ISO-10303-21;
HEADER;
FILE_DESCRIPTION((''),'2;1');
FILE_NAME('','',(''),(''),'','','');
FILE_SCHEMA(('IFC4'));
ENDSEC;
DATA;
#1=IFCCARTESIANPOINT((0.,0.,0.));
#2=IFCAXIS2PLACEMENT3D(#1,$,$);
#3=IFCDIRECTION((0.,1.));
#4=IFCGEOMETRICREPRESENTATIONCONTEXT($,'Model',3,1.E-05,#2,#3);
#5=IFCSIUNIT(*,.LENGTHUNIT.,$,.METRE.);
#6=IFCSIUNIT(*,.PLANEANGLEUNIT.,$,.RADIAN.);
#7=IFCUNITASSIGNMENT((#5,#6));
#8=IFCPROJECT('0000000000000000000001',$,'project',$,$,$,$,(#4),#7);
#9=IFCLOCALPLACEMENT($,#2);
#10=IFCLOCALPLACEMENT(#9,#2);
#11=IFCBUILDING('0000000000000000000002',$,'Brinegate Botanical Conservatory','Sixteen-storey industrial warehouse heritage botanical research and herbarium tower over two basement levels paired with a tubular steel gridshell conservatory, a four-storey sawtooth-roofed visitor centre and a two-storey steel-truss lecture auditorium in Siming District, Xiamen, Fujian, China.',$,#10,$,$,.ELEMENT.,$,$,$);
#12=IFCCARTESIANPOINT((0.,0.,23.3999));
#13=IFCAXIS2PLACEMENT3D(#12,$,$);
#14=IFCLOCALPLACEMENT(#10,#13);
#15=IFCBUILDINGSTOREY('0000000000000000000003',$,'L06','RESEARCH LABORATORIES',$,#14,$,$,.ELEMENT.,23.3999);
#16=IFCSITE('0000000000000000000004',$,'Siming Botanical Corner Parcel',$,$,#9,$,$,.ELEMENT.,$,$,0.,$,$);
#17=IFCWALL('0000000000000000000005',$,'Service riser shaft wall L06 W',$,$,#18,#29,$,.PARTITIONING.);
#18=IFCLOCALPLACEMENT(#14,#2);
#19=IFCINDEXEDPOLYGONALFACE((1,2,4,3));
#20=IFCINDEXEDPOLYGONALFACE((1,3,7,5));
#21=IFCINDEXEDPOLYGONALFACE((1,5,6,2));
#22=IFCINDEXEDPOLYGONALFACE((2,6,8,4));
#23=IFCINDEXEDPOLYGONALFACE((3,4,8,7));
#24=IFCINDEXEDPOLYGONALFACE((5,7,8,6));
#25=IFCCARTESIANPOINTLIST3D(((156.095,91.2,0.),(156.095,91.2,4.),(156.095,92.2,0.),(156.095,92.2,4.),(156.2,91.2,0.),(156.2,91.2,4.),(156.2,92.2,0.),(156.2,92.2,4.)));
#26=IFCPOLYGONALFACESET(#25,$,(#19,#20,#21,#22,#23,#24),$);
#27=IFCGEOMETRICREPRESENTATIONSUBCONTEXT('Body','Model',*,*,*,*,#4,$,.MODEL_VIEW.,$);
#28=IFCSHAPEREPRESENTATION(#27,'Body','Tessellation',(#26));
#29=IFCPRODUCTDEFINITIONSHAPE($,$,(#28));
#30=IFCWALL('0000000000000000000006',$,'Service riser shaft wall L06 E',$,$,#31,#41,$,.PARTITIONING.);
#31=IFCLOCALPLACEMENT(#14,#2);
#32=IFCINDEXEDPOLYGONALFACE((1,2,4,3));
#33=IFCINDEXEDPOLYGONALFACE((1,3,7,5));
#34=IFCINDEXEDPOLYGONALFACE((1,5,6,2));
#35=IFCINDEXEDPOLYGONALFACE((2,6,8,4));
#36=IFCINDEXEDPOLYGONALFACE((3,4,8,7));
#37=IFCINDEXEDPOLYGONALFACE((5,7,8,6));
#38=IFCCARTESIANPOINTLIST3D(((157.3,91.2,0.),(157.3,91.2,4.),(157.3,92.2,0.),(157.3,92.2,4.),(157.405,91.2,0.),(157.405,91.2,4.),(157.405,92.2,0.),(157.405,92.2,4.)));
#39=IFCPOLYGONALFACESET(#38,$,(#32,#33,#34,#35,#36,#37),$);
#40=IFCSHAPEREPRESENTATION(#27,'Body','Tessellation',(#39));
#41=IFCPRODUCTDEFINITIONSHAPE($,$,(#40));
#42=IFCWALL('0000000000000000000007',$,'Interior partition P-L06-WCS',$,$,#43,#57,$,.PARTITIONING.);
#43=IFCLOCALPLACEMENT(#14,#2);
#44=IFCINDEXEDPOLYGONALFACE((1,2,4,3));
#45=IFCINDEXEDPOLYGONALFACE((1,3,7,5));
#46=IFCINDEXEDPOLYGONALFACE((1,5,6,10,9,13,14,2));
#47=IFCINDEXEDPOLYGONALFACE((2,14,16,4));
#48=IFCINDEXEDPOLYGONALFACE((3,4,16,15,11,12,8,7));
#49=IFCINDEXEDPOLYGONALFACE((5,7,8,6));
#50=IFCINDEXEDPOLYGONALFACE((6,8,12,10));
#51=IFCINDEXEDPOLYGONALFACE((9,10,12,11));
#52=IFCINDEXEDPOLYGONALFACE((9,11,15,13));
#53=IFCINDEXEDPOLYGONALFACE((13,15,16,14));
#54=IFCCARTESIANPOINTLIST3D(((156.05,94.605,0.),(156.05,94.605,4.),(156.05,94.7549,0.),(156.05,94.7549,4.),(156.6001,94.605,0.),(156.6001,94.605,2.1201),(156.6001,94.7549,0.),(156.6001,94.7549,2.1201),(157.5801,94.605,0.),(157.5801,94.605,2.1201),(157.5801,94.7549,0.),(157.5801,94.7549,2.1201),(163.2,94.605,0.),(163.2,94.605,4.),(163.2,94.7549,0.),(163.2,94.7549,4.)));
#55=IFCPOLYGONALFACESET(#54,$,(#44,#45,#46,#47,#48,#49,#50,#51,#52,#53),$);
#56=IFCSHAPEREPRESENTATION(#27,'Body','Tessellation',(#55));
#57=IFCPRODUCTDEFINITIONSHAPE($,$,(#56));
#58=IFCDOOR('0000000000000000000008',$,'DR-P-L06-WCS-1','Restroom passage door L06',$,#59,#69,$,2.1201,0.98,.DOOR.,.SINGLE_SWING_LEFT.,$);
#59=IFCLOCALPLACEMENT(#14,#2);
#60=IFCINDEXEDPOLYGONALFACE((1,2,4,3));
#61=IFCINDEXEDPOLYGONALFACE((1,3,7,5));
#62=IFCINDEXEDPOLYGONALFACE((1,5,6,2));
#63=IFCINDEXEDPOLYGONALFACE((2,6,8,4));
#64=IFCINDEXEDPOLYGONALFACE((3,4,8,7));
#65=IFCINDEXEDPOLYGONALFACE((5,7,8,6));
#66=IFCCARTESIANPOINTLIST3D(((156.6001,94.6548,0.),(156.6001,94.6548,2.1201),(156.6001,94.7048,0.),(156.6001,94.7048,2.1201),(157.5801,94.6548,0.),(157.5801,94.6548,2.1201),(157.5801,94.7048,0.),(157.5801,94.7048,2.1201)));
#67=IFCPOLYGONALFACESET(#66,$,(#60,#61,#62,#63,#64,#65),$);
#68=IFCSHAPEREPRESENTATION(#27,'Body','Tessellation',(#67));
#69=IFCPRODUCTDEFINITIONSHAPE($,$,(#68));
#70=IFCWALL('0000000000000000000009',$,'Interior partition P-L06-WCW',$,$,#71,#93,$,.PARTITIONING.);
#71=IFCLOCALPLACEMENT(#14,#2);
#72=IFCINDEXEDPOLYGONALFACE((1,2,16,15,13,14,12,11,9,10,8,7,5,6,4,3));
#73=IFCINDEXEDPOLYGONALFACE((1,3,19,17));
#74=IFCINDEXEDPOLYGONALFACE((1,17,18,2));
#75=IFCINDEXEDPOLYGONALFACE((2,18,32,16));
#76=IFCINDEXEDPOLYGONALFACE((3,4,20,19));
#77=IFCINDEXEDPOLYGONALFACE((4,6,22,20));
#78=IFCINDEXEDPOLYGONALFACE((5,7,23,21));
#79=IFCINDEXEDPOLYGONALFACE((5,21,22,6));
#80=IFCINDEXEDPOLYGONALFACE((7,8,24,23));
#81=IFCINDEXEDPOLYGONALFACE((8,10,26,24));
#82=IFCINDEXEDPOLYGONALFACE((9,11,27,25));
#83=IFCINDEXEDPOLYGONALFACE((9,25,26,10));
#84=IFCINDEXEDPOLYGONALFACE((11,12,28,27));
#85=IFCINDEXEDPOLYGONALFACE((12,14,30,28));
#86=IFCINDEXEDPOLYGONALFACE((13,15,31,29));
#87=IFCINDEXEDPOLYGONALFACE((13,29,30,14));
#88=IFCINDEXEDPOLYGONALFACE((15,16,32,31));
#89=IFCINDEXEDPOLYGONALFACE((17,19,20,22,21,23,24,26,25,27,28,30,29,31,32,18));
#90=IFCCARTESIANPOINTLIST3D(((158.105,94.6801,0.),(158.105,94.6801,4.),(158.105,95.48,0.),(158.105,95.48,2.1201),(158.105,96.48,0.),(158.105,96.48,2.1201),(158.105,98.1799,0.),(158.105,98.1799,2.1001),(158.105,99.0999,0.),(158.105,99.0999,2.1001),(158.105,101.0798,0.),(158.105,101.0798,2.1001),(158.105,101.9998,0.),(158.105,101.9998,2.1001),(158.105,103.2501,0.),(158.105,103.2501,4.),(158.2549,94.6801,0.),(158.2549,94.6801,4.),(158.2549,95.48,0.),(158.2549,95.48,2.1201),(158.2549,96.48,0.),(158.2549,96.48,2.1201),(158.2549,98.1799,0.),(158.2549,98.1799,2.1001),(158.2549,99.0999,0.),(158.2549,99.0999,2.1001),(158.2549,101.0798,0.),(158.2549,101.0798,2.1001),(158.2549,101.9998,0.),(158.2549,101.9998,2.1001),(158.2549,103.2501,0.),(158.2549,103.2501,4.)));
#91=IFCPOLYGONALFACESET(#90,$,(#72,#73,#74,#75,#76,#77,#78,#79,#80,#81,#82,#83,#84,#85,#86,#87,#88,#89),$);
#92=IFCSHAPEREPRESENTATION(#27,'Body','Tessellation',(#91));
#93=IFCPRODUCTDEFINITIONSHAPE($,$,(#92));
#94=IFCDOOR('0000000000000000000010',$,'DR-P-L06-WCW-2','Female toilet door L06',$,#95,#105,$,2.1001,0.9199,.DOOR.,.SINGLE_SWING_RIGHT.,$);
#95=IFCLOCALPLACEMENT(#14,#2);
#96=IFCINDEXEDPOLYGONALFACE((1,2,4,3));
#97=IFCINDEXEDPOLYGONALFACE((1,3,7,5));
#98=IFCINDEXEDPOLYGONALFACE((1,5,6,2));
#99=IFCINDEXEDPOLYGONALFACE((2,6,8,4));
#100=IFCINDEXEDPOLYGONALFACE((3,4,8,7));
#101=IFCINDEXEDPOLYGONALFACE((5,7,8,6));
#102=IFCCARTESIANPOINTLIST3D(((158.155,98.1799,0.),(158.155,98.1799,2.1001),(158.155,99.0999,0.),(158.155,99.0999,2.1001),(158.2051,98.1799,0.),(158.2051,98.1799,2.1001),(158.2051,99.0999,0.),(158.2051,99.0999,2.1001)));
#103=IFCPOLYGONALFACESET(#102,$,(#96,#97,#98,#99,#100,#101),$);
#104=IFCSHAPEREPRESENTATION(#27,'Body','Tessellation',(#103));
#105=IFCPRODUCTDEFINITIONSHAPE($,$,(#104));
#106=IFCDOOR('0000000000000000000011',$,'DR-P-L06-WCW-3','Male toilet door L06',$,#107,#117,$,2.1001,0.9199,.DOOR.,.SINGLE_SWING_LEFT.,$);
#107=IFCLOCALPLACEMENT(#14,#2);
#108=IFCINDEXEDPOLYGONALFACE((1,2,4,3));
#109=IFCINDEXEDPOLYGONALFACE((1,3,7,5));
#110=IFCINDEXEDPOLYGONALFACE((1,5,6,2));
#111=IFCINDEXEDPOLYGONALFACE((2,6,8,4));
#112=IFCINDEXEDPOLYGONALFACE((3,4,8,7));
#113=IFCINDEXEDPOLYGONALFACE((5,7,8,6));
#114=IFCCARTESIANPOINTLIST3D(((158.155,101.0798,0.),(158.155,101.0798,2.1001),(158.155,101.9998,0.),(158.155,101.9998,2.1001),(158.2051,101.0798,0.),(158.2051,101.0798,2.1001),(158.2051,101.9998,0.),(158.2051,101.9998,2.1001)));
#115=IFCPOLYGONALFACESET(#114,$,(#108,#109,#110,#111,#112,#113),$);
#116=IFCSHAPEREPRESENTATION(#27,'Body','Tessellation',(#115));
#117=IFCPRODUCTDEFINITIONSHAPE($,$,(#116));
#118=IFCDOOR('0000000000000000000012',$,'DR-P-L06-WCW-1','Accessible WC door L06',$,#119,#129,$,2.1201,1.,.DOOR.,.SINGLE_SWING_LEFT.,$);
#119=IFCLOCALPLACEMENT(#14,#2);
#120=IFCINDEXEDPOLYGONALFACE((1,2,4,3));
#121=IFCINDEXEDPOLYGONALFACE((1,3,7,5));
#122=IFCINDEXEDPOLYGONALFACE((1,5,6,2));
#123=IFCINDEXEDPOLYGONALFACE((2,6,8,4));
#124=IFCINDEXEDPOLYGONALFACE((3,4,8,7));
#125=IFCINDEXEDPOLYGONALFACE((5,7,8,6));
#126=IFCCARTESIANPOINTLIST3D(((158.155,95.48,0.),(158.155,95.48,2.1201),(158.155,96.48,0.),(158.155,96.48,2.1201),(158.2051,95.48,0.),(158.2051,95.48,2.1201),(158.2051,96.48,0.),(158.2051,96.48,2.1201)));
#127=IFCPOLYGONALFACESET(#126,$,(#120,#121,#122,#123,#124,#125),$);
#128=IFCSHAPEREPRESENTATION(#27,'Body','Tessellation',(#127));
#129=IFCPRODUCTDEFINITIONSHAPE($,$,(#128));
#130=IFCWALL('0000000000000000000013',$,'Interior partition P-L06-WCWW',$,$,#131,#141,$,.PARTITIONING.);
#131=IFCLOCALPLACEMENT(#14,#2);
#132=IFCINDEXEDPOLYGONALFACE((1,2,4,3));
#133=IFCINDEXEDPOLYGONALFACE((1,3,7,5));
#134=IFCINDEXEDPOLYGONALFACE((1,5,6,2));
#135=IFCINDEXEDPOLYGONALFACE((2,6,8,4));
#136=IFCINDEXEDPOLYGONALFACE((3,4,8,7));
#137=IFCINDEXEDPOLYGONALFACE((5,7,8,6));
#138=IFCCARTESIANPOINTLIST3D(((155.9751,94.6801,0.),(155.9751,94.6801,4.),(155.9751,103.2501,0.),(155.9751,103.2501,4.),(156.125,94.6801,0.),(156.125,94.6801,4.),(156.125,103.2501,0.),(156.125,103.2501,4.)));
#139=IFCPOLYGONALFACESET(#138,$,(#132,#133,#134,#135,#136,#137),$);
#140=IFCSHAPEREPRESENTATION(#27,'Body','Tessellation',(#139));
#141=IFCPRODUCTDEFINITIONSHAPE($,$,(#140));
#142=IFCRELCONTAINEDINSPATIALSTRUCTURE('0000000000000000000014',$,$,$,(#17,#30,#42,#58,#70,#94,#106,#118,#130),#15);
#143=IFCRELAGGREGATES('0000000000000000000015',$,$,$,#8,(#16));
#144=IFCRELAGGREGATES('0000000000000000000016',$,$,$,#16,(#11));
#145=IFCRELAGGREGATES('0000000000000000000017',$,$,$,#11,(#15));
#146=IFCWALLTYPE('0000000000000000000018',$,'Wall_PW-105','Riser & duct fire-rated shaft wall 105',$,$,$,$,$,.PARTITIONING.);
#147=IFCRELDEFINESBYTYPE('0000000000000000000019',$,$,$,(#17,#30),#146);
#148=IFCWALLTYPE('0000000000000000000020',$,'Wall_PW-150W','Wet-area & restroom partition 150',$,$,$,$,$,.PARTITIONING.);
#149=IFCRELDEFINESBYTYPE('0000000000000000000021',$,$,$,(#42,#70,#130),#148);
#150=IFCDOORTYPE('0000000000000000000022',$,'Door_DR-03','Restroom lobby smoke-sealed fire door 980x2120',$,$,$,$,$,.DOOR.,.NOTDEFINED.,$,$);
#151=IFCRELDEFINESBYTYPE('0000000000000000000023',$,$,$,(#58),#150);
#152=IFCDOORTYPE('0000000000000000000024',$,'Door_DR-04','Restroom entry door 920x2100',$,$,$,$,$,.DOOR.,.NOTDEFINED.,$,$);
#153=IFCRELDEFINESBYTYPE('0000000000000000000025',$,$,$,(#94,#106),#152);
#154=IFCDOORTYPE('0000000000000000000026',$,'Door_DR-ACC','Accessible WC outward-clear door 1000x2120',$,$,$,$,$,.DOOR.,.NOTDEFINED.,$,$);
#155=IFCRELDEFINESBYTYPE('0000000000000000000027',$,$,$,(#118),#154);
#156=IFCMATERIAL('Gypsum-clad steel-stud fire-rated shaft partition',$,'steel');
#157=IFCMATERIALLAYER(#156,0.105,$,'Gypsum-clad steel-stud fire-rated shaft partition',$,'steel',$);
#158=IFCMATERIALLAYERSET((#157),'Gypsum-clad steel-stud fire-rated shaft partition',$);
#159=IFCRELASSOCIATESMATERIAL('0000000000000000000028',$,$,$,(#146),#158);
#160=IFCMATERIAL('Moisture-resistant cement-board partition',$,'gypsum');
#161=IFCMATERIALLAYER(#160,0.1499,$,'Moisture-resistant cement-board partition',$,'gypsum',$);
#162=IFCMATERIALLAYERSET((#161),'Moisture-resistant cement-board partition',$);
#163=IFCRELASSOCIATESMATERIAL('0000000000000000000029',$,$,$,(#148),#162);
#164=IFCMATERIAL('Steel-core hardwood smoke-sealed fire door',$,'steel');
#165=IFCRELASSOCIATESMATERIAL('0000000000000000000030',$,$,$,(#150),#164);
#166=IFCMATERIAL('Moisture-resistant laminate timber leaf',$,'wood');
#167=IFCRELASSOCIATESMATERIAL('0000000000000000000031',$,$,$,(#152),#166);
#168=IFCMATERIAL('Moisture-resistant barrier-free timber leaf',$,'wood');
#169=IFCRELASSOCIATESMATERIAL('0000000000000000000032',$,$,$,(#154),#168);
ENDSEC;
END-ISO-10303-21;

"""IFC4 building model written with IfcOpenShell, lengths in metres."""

from ifc_helpers import new_model, si_unit, direction, frame, frame_2d, origin, place, context, subcontext, project, spatial, rectangle, extrude, material, layer, layer_set, type_object, element, fill, save


model = new_model("IFC4")

# Units and contexts
model_context = context("Model", 3, precision=1e-05, world=origin(), true_north=direction((0.0, 1.0)))
body_context = subcontext(model_context, "Body", "Model", "MODEL_VIEW")
ifc_project = project(units=[si_unit("LENGTHUNIT", "METRE"), si_unit("PLANEANGLEUNIT", "RADIAN")], contexts=[model_context])

# Site, building, storey
site_placement = place(None, origin())
site = spatial("IfcSite", under=ifc_project, at=site_placement, Name="Siming Botanical Corner Parcel", CompositionType="ELEMENT", RefElevation=0.0)
building_placement = place(site_placement, origin())
building = spatial("IfcBuilding", under=site, at=building_placement, Name="Brinegate Botanical Conservatory", Description="Sixteen-storey industrial warehouse heritage botanical research and herbarium tower over two basement levels paired with a tubular steel gridshell conservatory, a four-storey sawtooth-roofed visitor centre and a two-storey steel-truss lecture auditorium in Siming District, Xiamen, Fujian, China.", CompositionType="ELEMENT")
storey_placement = place(building_placement, frame((0.0, 0.0, 23.3999)))
storey = spatial("IfcBuildingStorey", under=building, at=storey_placement, Name="L06", Description="RESEARCH LABORATORIES", CompositionType="ELEMENT", Elevation=23.3999)

# Walls
ifc_material_1 = material(Name="Gypsum-clad steel-stud fire-rated shaft partition", Category="steel")
ifc_layer_1 = layer(ifc_material_1, 0.105, Name="Gypsum-clad steel-stud fire-rated shaft partition", Category="steel")
ifc_layer_set_1 = layer_set([ifc_layer_1], Name="Gypsum-clad steel-stud fire-rated shaft partition")
wall_type_1 = type_object("IfcWallType", Name="Wall_PW-105", Description="Riser & duct fire-rated shaft wall 105", PredefinedType="PARTITIONING", material=ifc_layer_set_1)
for number, where, z_axis, x_axis, name in (
    (1, (156.1475, 91.2, 0.0), (0.0, 0.0, 1.0), (0.0, 1.0, 0.0), "Service riser shaft wall L06 W"),
    (2, (157.3525, 91.2, 0.0), (0.0, 0.0, 1.0), (0.0, 1.0, 0.0), "Service riser shaft wall L06 E"),
):
    element("IfcWall", number, at=place(storey_placement, frame(where, z_axis=z_axis, x_axis=x_axis)), inside=storey, type_object=wall_type_1, Name=name, PredefinedType="PARTITIONING", context=body_context, shape_type="SweptSolid", body=[
        extrude(rectangle(XDim=1.0, YDim=0.105, at=frame_2d((0.5, 0.0))), origin(), (0.0, 0.0, 1.0), 4.0),
    ])

# Wall, opening, door
ifc_material_2 = material(Name="Moisture-resistant cement-board partition", Category="gypsum")
ifc_layer_2 = layer(ifc_material_2, 0.1499, Name="Moisture-resistant cement-board partition", Category="gypsum")
ifc_layer_set_2 = layer_set([ifc_layer_2], Name="Moisture-resistant cement-board partition")
wall_type_2 = type_object("IfcWallType", Name="Wall_PW-150W", Description="Wet-area & restroom partition 150", PredefinedType="PARTITIONING", material=ifc_layer_set_2)
wall_1_placement = place(storey_placement, frame((156.05, 94.6799, 0.0), z_axis=(0.0, 0.0, 1.0), x_axis=(1.0, 0.0, 0.0)))
wall_1 = element("IfcWall", 3, at=wall_1_placement, inside=storey, type_object=wall_type_2, Name="Interior partition P-L06-WCS", PredefinedType="PARTITIONING", context=body_context, shape_type="SweptSolid", body=[
    extrude(rectangle(XDim=7.1499, YDim=0.1499, at=frame_2d((3.575, 0.0))), origin(), (0.0, 0.0, 1.0), 4.0),
])
opening_1_placement = place(wall_1_placement, frame((0.55, 0.0, 0.0)))
opening_1 = element("IfcOpeningElement", 4, at=opening_1_placement, cuts=wall_1, PredefinedType="OPENING", context=body_context, shape_type="SweptSolid", body=[
    extrude(rectangle(XDim=0.98, YDim=2.1201, at=frame_2d((0.49, 1.0601))), frame((0.0, 0.085, 0.0), z_axis=(0.0, -1.0, 0.0), x_axis=(1.0, 0.0, 0.0)), (0.0, 0.0, 1.0), 0.1699),
])
ifc_material_3 = material(Name="Steel-core hardwood smoke-sealed fire door", Category="steel")
door_type_1 = type_object("IfcDoorType", Name="Door_DR-03", Description="Restroom lobby smoke-sealed fire door 980x2120", OperationType="NOTDEFINED", PredefinedType="DOOR", material=ifc_material_3)
door_1_placement = place(opening_1_placement, origin())
door_1 = element("IfcDoor", 5, at=door_1_placement, inside=storey, type_object=door_type_1, Name="DR-P-L06-WCS-1", Description="Restroom passage door L06", OperationType="SINGLE_SWING_LEFT", OverallHeight=2.1201, OverallWidth=0.98, PredefinedType="DOOR", context=body_context, shape_type="SweptSolid", body=[
    extrude(rectangle(XDim=0.98, YDim=2.1201, at=frame_2d((0.49, 1.0601))), frame((0.0, 0.0249, 0.0), z_axis=(0.0, -1.0, 0.0), x_axis=(1.0, 0.0, 0.0)), (0.0, 0.0, 1.0), 0.05),
])
fill(opening_1, door_1)

# Wall, openings, doors
wall_2_placement = place(storey_placement, frame((158.1799, 94.6799, 0.0), z_axis=(0.0, 0.0, 1.0), x_axis=(0.0, 1.0, 0.0)))
wall_2 = element("IfcWall", 6, at=wall_2_placement, inside=storey, type_object=wall_type_2, Name="Interior partition P-L06-WCW", PredefinedType="PARTITIONING", context=body_context, shape_type="SweptSolid", body=[
    extrude(rectangle(XDim=8.5701, YDim=0.1499, at=frame_2d((4.2852, 0.0))), origin(), (0.0, 0.0, 1.0), 4.0),
])
opening_2_placement = place(wall_2_placement, frame((0.8, 0.0, 0.0)))
opening_2 = element("IfcOpeningElement", 7, at=opening_2_placement, cuts=wall_2, PredefinedType="OPENING", context=body_context, shape_type="SweptSolid", body=[
    extrude(rectangle(XDim=1.0, YDim=2.1201, at=frame_2d((0.5, 1.0601))), frame((0.0, 0.085, 0.0), z_axis=(0.0, -1.0, 0.0), x_axis=(1.0, 0.0, 0.0)), (0.0, 0.0, 1.0), 0.1699),
])
opening_3_placement = place(wall_2_placement, frame((3.5, 0.0, 0.0)))
opening_3 = element("IfcOpeningElement", 8, at=opening_3_placement, cuts=wall_2, PredefinedType="OPENING", context=body_context, shape_type="SweptSolid", body=[
    extrude(rectangle(XDim=0.9199, YDim=2.1001, at=frame_2d((0.46, 1.05))), frame((0.0, 0.085, 0.0), z_axis=(0.0, -1.0, 0.0), x_axis=(1.0, 0.0, 0.0)), (0.0, 0.0, 1.0), 0.1699),
])
opening_4_placement = place(wall_2_placement, frame((6.3999, 0.0, 0.0)))
opening_4 = element("IfcOpeningElement", 9, at=opening_4_placement, cuts=wall_2, PredefinedType="OPENING", context=body_context, shape_type="SweptSolid", body=[
    extrude(rectangle(XDim=0.9199, YDim=2.1001, at=frame_2d((0.46, 1.05))), frame((0.0, 0.085, 0.0), z_axis=(0.0, -1.0, 0.0), x_axis=(1.0, 0.0, 0.0)), (0.0, 0.0, 1.0), 0.1699),
])
ifc_material_4 = material(Name="Moisture-resistant laminate timber leaf", Category="wood")
door_type_2 = type_object("IfcDoorType", Name="Door_DR-04", Description="Restroom entry door 920x2100", OperationType="NOTDEFINED", PredefinedType="DOOR", material=ifc_material_4)
door_2_placement = place(opening_3_placement, origin())
door_2 = element("IfcDoor", 10, at=door_2_placement, inside=storey, type_object=door_type_2, Name="DR-P-L06-WCW-2", Description="Female toilet door L06", OperationType="SINGLE_SWING_RIGHT", OverallHeight=2.1001, OverallWidth=0.9199, PredefinedType="DOOR", context=body_context, shape_type="SweptSolid", body=[
    extrude(rectangle(XDim=0.9199, YDim=2.1001, at=frame_2d((0.46, 1.05))), frame((0.0, 0.0249, 0.0), z_axis=(0.0, -1.0, 0.0), x_axis=(1.0, 0.0, 0.0)), (0.0, 0.0, 1.0), 0.05),
])
fill(opening_3, door_2)
door_3_placement = place(opening_4_placement, origin())
door_3 = element("IfcDoor", 11, at=door_3_placement, inside=storey, type_object=door_type_2, Name="DR-P-L06-WCW-3", Description="Male toilet door L06", OperationType="SINGLE_SWING_LEFT", OverallHeight=2.1001, OverallWidth=0.9199, PredefinedType="DOOR", context=body_context, shape_type="SweptSolid", body=[
    extrude(rectangle(XDim=0.9199, YDim=2.1001, at=frame_2d((0.46, 1.05))), frame((0.0, 0.0249, 0.0), z_axis=(0.0, -1.0, 0.0), x_axis=(1.0, 0.0, 0.0)), (0.0, 0.0, 1.0), 0.05),
])
fill(opening_4, door_3)
ifc_material_5 = material(Name="Moisture-resistant barrier-free timber leaf", Category="wood")
door_type_3 = type_object("IfcDoorType", Name="Door_DR-ACC", Description="Accessible WC outward-clear door 1000x2120", OperationType="NOTDEFINED", PredefinedType="DOOR", material=ifc_material_5)
door_4_placement = place(opening_2_placement, origin())
door_4 = element("IfcDoor", 12, at=door_4_placement, inside=storey, type_object=door_type_3, Name="DR-P-L06-WCW-1", Description="Accessible WC door L06", OperationType="SINGLE_SWING_LEFT", OverallHeight=2.1201, OverallWidth=1.0, PredefinedType="DOOR", context=body_context, shape_type="SweptSolid", body=[
    extrude(rectangle(XDim=1.0, YDim=2.1201, at=frame_2d((0.5, 1.0601))), frame((0.0, 0.0249, 0.0), z_axis=(0.0, -1.0, 0.0), x_axis=(1.0, 0.0, 0.0)), (0.0, 0.0, 1.0), 0.05),
])
fill(opening_2, door_4)

# Wall
wall_3_placement = place(storey_placement, frame((156.05, 94.6799, 0.0), z_axis=(0.0, 0.0, 1.0), x_axis=(0.0, 1.0, 0.0)))
element("IfcWall", 13, at=wall_3_placement, inside=storey, type_object=wall_type_2, Name="Interior partition P-L06-WCWW", PredefinedType="PARTITIONING", context=body_context, shape_type="SweptSolid", body=[
    extrude(rectangle(XDim=8.5701, YDim=0.1499, at=frame_2d((4.2852, 0.0))), origin(), (0.0, 0.0, 1.0), 4.0),
])

save(model, "model.ifc")
